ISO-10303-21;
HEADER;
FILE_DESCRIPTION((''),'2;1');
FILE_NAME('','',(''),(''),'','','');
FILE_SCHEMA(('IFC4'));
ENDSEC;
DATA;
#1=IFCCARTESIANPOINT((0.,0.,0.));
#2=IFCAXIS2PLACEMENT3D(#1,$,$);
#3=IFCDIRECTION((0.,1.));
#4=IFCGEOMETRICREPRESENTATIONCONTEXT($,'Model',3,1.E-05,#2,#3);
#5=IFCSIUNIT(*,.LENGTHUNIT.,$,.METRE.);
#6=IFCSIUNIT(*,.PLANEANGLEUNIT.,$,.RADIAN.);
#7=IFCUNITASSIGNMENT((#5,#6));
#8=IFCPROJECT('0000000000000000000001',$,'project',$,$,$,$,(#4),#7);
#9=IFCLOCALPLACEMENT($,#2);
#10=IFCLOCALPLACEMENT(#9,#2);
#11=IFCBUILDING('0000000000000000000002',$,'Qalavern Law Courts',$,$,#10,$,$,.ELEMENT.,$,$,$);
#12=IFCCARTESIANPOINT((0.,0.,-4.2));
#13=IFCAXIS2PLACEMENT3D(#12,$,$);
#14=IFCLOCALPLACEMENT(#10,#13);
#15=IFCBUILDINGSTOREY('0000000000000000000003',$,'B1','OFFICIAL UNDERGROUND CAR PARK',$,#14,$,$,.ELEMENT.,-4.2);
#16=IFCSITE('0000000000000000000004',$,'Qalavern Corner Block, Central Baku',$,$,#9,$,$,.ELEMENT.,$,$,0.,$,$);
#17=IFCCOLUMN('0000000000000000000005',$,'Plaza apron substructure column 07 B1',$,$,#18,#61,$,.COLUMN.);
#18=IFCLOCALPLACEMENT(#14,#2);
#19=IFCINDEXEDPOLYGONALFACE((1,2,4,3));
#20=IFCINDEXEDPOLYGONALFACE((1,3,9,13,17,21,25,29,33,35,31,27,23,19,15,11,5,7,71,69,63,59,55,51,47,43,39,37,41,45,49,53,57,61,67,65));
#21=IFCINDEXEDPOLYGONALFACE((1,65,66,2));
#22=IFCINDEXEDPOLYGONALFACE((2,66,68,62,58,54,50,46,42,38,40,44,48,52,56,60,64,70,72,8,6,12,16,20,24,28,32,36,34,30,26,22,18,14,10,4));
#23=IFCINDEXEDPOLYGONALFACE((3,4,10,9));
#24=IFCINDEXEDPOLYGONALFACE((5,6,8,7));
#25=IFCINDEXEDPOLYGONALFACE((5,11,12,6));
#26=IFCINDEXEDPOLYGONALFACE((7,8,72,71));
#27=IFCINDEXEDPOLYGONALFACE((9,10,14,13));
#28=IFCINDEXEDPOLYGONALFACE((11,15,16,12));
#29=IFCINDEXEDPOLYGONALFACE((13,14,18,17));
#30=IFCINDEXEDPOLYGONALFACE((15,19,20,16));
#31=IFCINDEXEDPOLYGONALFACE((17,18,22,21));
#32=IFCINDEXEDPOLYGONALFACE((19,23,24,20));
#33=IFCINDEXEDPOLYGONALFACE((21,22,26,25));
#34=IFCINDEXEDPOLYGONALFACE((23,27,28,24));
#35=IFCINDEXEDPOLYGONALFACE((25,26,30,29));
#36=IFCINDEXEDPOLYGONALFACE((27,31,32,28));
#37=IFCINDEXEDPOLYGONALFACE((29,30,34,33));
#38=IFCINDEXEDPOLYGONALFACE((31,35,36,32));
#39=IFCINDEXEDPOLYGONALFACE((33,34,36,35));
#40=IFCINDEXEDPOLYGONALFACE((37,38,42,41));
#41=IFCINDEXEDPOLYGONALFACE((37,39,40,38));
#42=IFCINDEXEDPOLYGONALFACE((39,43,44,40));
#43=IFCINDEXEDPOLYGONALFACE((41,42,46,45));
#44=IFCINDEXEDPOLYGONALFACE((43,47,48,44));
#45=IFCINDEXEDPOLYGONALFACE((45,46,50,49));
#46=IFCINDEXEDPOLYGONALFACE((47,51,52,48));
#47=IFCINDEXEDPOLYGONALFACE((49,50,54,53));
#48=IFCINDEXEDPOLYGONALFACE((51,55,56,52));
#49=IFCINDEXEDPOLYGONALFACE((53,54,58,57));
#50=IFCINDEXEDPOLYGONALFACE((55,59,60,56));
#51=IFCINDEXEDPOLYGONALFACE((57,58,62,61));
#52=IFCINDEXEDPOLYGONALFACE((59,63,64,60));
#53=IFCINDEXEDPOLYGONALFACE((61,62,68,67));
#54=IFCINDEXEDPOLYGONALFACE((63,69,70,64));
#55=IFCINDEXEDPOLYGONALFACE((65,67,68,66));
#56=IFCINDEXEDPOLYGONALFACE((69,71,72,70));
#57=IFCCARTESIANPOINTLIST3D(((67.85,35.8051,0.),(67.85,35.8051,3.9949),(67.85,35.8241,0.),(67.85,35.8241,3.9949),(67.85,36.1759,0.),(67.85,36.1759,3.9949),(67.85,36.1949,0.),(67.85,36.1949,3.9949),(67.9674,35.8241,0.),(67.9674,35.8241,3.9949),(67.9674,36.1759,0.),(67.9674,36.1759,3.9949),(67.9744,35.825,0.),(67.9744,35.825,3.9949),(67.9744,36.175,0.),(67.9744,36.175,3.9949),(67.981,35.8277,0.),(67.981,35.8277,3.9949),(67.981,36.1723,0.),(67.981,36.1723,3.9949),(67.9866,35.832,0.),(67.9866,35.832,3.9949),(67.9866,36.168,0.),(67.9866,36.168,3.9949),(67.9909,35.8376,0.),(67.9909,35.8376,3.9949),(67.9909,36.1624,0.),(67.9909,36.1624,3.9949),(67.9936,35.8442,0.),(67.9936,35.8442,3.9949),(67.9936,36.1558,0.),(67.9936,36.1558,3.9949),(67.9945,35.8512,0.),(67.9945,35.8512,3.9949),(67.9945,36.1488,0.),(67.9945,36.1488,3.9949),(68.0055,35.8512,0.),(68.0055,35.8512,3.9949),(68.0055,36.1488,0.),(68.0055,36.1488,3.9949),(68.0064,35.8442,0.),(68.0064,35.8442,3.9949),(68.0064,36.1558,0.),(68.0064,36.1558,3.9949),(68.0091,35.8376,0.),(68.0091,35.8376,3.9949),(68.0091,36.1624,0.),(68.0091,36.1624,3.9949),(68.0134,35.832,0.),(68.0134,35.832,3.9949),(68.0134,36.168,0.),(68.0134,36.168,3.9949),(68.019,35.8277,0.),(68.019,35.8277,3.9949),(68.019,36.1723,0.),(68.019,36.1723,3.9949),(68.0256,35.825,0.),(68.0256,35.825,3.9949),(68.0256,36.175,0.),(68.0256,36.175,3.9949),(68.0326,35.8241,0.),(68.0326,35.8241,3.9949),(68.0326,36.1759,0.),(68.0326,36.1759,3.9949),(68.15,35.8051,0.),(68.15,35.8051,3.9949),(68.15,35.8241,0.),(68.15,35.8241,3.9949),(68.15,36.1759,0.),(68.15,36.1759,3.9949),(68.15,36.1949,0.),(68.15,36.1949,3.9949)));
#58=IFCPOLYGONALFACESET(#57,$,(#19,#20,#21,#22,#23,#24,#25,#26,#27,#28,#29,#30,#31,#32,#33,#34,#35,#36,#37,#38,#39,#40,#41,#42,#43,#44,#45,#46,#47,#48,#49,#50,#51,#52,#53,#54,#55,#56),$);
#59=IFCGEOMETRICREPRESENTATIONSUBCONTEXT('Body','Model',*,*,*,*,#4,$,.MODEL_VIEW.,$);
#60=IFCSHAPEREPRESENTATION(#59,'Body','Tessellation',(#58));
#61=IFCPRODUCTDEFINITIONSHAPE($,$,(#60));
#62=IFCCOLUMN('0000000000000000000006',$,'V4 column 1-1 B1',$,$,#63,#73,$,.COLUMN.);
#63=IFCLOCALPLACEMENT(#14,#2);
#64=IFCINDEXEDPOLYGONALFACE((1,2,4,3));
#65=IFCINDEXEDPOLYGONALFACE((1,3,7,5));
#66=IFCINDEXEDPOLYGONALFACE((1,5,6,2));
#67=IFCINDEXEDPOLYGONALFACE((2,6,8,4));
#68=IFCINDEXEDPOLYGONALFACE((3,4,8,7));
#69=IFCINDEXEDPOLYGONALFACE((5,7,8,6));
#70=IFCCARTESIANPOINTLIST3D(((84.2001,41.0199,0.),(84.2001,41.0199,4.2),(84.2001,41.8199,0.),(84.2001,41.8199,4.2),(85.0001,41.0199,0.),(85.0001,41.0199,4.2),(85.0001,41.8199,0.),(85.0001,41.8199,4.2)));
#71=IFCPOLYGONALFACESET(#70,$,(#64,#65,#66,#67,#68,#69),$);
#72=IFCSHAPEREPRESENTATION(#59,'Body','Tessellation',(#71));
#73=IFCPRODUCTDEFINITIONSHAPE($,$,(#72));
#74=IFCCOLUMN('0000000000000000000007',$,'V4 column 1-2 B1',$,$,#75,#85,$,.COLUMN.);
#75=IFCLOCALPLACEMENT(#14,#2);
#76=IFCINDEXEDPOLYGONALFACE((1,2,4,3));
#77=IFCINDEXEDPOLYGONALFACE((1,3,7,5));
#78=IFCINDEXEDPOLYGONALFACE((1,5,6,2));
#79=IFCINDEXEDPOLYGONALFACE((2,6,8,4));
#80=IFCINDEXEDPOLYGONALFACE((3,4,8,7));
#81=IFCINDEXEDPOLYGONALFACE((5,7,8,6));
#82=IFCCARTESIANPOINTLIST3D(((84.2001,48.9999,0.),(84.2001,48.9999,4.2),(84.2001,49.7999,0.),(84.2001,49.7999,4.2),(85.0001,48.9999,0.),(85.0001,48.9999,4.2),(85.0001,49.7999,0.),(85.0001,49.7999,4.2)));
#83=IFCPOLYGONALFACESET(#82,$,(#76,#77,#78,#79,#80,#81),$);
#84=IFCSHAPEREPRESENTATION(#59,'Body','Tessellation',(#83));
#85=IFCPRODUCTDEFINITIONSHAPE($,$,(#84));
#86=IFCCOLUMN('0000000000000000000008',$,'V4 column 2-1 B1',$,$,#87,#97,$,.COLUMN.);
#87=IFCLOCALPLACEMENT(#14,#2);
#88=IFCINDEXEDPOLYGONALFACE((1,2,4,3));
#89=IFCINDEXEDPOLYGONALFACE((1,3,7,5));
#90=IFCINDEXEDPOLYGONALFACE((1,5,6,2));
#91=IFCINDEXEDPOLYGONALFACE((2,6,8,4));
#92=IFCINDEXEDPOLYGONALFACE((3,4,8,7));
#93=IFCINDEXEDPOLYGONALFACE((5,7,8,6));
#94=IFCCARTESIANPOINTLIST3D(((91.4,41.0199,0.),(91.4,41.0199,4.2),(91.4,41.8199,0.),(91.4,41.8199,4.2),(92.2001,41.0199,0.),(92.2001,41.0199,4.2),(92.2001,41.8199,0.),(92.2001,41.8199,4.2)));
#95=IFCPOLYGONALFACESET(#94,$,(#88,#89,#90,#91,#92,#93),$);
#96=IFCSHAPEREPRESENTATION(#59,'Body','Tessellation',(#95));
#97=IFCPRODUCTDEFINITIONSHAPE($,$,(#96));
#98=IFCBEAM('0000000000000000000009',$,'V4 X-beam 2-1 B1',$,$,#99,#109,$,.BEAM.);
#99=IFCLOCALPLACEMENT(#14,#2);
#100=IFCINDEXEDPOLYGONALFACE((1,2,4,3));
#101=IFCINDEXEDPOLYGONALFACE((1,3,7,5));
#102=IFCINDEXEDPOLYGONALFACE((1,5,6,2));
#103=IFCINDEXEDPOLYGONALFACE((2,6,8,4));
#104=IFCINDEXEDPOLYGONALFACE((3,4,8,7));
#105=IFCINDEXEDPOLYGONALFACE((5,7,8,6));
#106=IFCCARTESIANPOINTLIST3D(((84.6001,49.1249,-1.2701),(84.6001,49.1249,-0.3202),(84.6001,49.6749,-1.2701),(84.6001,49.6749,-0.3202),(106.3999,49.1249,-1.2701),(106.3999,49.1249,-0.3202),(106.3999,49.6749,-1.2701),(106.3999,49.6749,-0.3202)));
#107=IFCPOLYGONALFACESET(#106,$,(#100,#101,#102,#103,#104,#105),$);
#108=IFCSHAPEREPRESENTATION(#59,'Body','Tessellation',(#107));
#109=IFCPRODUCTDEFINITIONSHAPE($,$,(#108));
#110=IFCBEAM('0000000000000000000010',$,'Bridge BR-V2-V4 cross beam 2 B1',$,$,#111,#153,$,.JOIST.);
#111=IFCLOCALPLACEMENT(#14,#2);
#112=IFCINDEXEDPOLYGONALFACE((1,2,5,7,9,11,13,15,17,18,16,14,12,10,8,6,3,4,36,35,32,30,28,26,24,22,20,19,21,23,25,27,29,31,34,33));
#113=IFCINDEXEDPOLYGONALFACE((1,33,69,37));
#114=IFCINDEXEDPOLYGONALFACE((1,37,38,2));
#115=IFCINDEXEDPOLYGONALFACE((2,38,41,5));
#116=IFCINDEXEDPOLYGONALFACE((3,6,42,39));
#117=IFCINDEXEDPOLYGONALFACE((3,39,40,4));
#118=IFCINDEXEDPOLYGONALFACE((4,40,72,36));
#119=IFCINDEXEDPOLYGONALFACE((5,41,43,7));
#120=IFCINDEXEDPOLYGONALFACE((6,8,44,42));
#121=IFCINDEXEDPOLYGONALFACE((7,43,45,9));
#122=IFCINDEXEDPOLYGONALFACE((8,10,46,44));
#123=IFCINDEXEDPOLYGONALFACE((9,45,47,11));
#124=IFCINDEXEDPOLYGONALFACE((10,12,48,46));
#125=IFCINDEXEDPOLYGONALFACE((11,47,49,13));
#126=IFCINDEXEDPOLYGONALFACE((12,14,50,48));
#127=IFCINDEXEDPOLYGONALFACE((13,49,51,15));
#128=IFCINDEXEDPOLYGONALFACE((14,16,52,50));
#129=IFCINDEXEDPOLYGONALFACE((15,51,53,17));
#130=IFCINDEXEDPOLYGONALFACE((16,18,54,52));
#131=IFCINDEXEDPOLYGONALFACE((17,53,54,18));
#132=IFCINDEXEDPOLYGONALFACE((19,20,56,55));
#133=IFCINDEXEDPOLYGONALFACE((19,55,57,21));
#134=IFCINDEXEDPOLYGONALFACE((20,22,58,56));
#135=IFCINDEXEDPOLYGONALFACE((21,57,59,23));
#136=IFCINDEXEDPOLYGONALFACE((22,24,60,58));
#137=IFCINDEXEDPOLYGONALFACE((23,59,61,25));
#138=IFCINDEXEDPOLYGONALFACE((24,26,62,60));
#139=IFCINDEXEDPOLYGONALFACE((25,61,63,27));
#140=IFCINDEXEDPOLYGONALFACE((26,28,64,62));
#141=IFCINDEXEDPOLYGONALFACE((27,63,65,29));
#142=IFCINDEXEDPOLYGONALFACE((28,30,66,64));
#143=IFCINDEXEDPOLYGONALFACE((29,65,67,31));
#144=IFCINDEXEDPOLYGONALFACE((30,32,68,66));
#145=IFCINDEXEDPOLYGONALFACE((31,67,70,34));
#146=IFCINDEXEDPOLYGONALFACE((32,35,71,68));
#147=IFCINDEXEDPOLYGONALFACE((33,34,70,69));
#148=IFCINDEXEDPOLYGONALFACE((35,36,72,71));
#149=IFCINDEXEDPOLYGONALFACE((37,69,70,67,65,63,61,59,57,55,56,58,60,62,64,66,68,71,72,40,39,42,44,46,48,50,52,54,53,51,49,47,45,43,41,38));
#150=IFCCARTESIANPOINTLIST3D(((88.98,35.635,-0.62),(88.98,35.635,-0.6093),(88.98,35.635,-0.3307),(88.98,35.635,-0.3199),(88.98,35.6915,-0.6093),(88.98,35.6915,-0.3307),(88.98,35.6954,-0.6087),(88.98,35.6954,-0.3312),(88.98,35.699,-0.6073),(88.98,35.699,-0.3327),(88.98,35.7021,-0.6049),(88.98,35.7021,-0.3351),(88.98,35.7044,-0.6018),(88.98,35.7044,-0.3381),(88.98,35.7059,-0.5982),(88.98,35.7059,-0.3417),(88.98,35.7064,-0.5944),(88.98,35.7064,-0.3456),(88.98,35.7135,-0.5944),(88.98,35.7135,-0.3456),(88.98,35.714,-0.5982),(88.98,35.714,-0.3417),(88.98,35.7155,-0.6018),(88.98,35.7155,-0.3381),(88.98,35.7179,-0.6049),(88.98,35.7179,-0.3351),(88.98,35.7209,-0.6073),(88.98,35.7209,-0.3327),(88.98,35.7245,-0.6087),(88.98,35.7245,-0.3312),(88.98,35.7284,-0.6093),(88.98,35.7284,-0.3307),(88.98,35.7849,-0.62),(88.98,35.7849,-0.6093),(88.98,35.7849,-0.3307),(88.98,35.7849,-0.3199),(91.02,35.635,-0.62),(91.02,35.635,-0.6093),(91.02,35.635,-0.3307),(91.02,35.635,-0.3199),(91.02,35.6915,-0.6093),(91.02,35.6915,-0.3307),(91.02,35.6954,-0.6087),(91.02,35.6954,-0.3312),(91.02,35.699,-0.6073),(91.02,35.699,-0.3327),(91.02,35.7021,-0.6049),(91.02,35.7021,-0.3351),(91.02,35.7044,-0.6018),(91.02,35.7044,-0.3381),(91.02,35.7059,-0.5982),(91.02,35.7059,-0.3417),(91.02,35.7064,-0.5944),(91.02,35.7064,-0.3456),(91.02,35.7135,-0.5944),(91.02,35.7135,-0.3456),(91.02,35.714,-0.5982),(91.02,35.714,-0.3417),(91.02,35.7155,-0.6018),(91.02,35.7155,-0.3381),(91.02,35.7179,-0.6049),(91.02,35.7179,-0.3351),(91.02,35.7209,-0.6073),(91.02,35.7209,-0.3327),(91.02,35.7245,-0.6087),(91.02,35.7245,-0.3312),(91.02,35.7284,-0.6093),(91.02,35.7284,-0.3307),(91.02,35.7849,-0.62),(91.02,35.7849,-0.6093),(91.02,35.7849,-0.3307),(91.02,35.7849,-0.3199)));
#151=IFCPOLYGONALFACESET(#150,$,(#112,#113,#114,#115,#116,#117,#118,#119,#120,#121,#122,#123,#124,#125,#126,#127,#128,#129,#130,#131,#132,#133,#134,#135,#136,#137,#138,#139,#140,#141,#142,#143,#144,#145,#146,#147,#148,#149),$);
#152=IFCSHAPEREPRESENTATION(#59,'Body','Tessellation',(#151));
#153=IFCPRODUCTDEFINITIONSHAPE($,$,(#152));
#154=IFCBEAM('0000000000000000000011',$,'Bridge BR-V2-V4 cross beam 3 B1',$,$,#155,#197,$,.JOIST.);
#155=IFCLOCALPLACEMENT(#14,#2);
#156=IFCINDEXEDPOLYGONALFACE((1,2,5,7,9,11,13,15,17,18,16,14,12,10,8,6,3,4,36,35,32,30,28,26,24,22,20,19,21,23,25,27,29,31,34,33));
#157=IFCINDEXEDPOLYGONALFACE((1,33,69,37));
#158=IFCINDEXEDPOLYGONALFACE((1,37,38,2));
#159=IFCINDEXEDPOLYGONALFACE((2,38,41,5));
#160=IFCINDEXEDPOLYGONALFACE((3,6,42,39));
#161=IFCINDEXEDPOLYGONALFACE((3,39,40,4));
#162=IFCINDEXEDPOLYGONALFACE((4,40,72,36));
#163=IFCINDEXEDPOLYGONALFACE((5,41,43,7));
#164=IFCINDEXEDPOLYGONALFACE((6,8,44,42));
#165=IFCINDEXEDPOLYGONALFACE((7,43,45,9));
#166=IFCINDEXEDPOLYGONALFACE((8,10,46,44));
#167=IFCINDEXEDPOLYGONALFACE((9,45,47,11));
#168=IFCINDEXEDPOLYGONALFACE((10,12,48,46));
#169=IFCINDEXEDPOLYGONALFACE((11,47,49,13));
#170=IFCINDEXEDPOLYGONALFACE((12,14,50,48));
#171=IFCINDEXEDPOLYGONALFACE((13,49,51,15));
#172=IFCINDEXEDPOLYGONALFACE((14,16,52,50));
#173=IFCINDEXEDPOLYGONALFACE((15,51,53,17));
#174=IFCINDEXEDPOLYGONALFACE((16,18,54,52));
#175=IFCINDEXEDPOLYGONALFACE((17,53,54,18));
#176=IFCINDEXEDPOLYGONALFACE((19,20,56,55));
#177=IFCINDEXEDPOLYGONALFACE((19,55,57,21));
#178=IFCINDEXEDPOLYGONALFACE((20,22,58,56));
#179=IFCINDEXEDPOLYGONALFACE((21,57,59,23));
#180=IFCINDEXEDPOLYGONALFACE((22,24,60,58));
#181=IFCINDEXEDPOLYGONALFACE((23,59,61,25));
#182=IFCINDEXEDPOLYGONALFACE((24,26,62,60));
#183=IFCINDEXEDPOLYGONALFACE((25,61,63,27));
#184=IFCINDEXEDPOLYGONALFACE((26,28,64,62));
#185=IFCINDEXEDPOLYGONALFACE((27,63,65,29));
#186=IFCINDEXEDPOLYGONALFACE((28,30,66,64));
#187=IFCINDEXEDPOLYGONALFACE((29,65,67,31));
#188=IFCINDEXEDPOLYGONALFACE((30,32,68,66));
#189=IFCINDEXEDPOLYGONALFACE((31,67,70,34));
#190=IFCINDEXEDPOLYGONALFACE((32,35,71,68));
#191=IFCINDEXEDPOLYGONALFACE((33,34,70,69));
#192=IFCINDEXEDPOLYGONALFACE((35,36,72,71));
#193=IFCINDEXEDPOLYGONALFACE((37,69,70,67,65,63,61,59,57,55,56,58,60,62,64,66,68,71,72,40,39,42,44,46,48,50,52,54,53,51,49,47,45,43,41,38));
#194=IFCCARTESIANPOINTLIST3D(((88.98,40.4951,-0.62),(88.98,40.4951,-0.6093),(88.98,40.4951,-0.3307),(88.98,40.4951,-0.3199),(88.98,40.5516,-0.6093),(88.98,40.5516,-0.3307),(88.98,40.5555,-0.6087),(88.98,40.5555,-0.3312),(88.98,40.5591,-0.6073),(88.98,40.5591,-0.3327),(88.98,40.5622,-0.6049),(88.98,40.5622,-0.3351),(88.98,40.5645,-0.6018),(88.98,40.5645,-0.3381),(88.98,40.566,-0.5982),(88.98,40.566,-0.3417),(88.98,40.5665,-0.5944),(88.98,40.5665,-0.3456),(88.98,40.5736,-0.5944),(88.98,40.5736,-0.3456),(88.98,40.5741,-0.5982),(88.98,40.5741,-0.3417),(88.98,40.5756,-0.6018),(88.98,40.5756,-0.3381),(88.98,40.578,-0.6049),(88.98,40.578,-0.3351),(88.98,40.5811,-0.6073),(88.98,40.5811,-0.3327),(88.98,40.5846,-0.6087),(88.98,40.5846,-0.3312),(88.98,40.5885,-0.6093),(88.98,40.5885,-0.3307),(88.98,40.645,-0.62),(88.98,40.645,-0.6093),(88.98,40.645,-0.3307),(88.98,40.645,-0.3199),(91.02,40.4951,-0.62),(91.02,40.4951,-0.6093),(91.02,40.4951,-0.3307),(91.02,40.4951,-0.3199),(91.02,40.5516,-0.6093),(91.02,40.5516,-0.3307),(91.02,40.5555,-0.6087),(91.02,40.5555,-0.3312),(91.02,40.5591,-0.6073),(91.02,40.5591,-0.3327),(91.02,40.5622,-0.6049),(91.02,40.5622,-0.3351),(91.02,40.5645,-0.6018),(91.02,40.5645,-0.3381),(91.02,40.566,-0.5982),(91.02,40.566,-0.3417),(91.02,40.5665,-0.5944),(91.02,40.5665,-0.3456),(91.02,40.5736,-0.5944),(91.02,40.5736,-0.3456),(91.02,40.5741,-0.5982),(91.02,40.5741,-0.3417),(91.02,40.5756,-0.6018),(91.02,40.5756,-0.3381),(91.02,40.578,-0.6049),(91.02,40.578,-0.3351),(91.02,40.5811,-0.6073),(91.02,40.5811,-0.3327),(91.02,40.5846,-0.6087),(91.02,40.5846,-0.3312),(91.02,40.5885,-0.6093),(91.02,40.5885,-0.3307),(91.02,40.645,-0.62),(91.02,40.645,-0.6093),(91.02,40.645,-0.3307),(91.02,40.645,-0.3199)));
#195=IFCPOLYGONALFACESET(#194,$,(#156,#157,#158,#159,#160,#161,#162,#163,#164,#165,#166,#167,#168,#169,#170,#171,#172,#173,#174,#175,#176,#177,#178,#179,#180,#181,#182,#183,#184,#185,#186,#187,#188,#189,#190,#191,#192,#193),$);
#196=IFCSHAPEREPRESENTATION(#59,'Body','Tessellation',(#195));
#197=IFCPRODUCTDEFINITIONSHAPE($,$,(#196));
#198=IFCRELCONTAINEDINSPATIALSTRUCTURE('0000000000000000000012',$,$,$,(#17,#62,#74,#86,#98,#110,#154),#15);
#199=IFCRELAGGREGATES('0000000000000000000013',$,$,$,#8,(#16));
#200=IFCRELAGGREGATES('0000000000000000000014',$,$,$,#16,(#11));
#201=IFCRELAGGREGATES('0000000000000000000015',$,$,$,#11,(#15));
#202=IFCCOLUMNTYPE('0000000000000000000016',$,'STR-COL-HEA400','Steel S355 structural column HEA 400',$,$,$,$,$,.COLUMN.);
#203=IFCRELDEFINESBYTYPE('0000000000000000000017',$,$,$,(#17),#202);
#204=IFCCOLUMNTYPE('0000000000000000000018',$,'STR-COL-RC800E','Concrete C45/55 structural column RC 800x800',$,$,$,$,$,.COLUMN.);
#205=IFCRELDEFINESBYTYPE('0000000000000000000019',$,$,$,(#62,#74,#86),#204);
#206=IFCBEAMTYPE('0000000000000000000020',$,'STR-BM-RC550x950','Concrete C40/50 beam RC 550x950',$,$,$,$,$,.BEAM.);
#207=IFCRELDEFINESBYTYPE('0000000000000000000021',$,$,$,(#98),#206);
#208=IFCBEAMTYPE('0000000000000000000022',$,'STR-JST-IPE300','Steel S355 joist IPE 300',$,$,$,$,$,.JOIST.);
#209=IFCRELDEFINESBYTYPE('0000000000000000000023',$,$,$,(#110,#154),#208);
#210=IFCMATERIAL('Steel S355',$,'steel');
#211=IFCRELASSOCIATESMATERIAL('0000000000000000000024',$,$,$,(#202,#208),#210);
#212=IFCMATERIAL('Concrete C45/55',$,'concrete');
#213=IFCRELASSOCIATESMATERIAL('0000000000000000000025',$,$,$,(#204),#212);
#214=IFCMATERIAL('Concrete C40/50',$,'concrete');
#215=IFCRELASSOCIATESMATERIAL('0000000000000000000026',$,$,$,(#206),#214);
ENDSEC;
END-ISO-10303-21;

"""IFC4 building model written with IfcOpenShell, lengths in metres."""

from ifc_helpers import new_model, si_unit, direction, frame, origin, origin_2d, place, context, subcontext, project, spatial, rectangle, i_section, extrude, material, material_profile, profile_set, type_object, element, save


model = new_model("IFC4")

# Units and contexts
model_context = context("Model", 3, precision=1e-05, world=origin(), true_north=direction((0.0, 1.0)))
body_context = subcontext(model_context, "Body", "Model", "MODEL_VIEW")
ifc_project = project(units=[si_unit("LENGTHUNIT", "METRE"), si_unit("PLANEANGLEUNIT", "RADIAN")], contexts=[model_context])

# Site, building, storey
site_placement = place(None, origin())
site = spatial("IfcSite", under=ifc_project, at=site_placement, Name="Qalavern Corner Block, Central Baku", CompositionType="ELEMENT", RefElevation=0.0)
building_placement = place(site_placement, origin())
building = spatial("IfcBuilding", under=site, at=building_placement, Name="Qalavern Law Courts", CompositionType="ELEMENT")
storey_placement = place(building_placement, frame((0.0, 0.0, -4.2)))
storey = spatial("IfcBuildingStorey", under=building, at=storey_placement, Name="B1", Description="OFFICIAL UNDERGROUND CAR PARK", CompositionType="ELEMENT", Elevation=-4.2)

# Columns
ifc_material_1 = material(Name="Steel S355", Category="steel")
ifc_material_profile_1 = material_profile(ifc_material_1, i_section(OverallWidth=0.3, OverallDepth=0.3899, WebThickness=0.011, FlangeThickness=0.019, FilletRadius=0.0271, at=origin_2d()), Name="HEA 400")
ifc_profile_set_1 = profile_set([ifc_material_profile_1], Name="Steel S355")
column_type_1 = type_object("IfcColumnType", Name="STR-COL-HEA400", Description="Steel S355 structural column HEA 400", PredefinedType="COLUMN", material=ifc_profile_set_1)
column_placement = place(storey_placement, frame((68.0, 36.0, 0.0), z_axis=(0.0, 0.0, 1.0), x_axis=(1.0, 0.0, 0.0)))
element("IfcColumn", 1, at=column_placement, inside=storey, type_object=column_type_1, Name="Plaza apron substructure column 07 B1", PredefinedType="COLUMN", context=body_context, shape_type="SweptSolid", body=[
    extrude(i_section(OverallWidth=0.3, OverallDepth=0.3899, WebThickness=0.011, FlangeThickness=0.019, FilletRadius=0.0271, at=origin_2d()), origin(), (0.0, 0.0, 1.0), 3.9949),
])
ifc_material_2 = material(Name="Concrete C45/55", Category="concrete")
ifc_material_profile_2 = material_profile(ifc_material_2, rectangle(XDim=0.8, YDim=0.8, at=origin_2d()), Name="RC 800x800")
ifc_profile_set_2 = profile_set([ifc_material_profile_2], Name="Concrete C45/55")
column_type_2 = type_object("IfcColumnType", Name="STR-COL-RC800E", Description="Concrete C45/55 structural column RC 800x800", PredefinedType="COLUMN", material=ifc_profile_set_2)
for number, where, z_axis, x_axis, name in (
    (2, (84.6001, 41.4199, 0.0), (0.0, 0.0, 1.0), (1.0, 0.0, 0.0), "V4 column 1-1 B1"),
    (3, (84.6001, 49.3999, 0.0), (0.0, 0.0, 1.0), (1.0, 0.0, 0.0), "V4 column 1-2 B1"),
    (4, (91.8, 41.4199, 0.0), (0.0, 0.0, 1.0), (1.0, 0.0, 0.0), "V4 column 2-1 B1"),
):
    element("IfcColumn", number, at=place(storey_placement, frame(where, z_axis=z_axis, x_axis=x_axis)), inside=storey, type_object=column_type_2, Name=name, PredefinedType="COLUMN", context=body_context, shape_type="SweptSolid", body=[
        extrude(rectangle(XDim=0.8, YDim=0.8, at=origin_2d()), origin(), (0.0, 0.0, 1.0), 4.2),
    ])

# Beams
ifc_material_3 = material(Name="Concrete C40/50", Category="concrete")
ifc_material_profile_3 = material_profile(ifc_material_3, rectangle(XDim=0.55, YDim=0.95, at=origin_2d()), Name="RC 550x950")
ifc_profile_set_3 = profile_set([ifc_material_profile_3], Name="Concrete C40/50")
beam_type_1 = type_object("IfcBeamType", Name="STR-BM-RC550x950", Description="Concrete C40/50 beam RC 550x950", PredefinedType="BEAM", material=ifc_profile_set_3)
beam_1_placement = place(storey_placement, frame((84.6001, 49.3999, -0.7952), z_axis=(1.0, 0.0, 0.0), x_axis=(0.0, 1.0, 0.0)))
element("IfcBeam", 5, at=beam_1_placement, inside=storey, type_object=beam_type_1, Name="V4 X-beam 2-1 B1", PredefinedType="BEAM", context=body_context, shape_type="SweptSolid", body=[
    extrude(rectangle(XDim=0.55, YDim=0.95, at=origin_2d()), origin(), (0.0, 0.0, 1.0), 21.7998),
])
ifc_material_profile_4 = material_profile(ifc_material_1, i_section(OverallWidth=0.1499, OverallDepth=0.3, WebThickness=0.0071, FlangeThickness=0.0107, FilletRadius=0.0149, at=origin_2d()), Name="IPE 300")
ifc_profile_set_4 = profile_set([ifc_material_profile_4], Name="Steel S355")
beam_type_2 = type_object("IfcBeamType", Name="STR-JST-IPE300", Description="Steel S355 joist IPE 300", PredefinedType="JOIST", material=ifc_profile_set_4)
for number, where, z_axis, x_axis, name in (
    (6, (88.98, 35.71, -0.47), (1.0, 0.0, 0.0), (0.0, 1.0, 0.0), "Bridge BR-V2-V4 cross beam 2 B1"),
    (7, (88.98, 40.5701, -0.47), (1.0, 0.0, 0.0), (0.0, 1.0, 0.0), "Bridge BR-V2-V4 cross beam 3 B1"),
):
    element("IfcBeam", number, at=place(storey_placement, frame(where, z_axis=z_axis, x_axis=x_axis)), inside=storey, type_object=beam_type_2, Name=name, PredefinedType="JOIST", context=body_context, shape_type="SweptSolid", body=[
        extrude(i_section(OverallWidth=0.1499, OverallDepth=0.3, WebThickness=0.0071, FlangeThickness=0.0107, FilletRadius=0.0149, at=origin_2d()), origin(), (0.0, 0.0, 1.0), 2.04),
    ])

save(model, "model.ifc")
